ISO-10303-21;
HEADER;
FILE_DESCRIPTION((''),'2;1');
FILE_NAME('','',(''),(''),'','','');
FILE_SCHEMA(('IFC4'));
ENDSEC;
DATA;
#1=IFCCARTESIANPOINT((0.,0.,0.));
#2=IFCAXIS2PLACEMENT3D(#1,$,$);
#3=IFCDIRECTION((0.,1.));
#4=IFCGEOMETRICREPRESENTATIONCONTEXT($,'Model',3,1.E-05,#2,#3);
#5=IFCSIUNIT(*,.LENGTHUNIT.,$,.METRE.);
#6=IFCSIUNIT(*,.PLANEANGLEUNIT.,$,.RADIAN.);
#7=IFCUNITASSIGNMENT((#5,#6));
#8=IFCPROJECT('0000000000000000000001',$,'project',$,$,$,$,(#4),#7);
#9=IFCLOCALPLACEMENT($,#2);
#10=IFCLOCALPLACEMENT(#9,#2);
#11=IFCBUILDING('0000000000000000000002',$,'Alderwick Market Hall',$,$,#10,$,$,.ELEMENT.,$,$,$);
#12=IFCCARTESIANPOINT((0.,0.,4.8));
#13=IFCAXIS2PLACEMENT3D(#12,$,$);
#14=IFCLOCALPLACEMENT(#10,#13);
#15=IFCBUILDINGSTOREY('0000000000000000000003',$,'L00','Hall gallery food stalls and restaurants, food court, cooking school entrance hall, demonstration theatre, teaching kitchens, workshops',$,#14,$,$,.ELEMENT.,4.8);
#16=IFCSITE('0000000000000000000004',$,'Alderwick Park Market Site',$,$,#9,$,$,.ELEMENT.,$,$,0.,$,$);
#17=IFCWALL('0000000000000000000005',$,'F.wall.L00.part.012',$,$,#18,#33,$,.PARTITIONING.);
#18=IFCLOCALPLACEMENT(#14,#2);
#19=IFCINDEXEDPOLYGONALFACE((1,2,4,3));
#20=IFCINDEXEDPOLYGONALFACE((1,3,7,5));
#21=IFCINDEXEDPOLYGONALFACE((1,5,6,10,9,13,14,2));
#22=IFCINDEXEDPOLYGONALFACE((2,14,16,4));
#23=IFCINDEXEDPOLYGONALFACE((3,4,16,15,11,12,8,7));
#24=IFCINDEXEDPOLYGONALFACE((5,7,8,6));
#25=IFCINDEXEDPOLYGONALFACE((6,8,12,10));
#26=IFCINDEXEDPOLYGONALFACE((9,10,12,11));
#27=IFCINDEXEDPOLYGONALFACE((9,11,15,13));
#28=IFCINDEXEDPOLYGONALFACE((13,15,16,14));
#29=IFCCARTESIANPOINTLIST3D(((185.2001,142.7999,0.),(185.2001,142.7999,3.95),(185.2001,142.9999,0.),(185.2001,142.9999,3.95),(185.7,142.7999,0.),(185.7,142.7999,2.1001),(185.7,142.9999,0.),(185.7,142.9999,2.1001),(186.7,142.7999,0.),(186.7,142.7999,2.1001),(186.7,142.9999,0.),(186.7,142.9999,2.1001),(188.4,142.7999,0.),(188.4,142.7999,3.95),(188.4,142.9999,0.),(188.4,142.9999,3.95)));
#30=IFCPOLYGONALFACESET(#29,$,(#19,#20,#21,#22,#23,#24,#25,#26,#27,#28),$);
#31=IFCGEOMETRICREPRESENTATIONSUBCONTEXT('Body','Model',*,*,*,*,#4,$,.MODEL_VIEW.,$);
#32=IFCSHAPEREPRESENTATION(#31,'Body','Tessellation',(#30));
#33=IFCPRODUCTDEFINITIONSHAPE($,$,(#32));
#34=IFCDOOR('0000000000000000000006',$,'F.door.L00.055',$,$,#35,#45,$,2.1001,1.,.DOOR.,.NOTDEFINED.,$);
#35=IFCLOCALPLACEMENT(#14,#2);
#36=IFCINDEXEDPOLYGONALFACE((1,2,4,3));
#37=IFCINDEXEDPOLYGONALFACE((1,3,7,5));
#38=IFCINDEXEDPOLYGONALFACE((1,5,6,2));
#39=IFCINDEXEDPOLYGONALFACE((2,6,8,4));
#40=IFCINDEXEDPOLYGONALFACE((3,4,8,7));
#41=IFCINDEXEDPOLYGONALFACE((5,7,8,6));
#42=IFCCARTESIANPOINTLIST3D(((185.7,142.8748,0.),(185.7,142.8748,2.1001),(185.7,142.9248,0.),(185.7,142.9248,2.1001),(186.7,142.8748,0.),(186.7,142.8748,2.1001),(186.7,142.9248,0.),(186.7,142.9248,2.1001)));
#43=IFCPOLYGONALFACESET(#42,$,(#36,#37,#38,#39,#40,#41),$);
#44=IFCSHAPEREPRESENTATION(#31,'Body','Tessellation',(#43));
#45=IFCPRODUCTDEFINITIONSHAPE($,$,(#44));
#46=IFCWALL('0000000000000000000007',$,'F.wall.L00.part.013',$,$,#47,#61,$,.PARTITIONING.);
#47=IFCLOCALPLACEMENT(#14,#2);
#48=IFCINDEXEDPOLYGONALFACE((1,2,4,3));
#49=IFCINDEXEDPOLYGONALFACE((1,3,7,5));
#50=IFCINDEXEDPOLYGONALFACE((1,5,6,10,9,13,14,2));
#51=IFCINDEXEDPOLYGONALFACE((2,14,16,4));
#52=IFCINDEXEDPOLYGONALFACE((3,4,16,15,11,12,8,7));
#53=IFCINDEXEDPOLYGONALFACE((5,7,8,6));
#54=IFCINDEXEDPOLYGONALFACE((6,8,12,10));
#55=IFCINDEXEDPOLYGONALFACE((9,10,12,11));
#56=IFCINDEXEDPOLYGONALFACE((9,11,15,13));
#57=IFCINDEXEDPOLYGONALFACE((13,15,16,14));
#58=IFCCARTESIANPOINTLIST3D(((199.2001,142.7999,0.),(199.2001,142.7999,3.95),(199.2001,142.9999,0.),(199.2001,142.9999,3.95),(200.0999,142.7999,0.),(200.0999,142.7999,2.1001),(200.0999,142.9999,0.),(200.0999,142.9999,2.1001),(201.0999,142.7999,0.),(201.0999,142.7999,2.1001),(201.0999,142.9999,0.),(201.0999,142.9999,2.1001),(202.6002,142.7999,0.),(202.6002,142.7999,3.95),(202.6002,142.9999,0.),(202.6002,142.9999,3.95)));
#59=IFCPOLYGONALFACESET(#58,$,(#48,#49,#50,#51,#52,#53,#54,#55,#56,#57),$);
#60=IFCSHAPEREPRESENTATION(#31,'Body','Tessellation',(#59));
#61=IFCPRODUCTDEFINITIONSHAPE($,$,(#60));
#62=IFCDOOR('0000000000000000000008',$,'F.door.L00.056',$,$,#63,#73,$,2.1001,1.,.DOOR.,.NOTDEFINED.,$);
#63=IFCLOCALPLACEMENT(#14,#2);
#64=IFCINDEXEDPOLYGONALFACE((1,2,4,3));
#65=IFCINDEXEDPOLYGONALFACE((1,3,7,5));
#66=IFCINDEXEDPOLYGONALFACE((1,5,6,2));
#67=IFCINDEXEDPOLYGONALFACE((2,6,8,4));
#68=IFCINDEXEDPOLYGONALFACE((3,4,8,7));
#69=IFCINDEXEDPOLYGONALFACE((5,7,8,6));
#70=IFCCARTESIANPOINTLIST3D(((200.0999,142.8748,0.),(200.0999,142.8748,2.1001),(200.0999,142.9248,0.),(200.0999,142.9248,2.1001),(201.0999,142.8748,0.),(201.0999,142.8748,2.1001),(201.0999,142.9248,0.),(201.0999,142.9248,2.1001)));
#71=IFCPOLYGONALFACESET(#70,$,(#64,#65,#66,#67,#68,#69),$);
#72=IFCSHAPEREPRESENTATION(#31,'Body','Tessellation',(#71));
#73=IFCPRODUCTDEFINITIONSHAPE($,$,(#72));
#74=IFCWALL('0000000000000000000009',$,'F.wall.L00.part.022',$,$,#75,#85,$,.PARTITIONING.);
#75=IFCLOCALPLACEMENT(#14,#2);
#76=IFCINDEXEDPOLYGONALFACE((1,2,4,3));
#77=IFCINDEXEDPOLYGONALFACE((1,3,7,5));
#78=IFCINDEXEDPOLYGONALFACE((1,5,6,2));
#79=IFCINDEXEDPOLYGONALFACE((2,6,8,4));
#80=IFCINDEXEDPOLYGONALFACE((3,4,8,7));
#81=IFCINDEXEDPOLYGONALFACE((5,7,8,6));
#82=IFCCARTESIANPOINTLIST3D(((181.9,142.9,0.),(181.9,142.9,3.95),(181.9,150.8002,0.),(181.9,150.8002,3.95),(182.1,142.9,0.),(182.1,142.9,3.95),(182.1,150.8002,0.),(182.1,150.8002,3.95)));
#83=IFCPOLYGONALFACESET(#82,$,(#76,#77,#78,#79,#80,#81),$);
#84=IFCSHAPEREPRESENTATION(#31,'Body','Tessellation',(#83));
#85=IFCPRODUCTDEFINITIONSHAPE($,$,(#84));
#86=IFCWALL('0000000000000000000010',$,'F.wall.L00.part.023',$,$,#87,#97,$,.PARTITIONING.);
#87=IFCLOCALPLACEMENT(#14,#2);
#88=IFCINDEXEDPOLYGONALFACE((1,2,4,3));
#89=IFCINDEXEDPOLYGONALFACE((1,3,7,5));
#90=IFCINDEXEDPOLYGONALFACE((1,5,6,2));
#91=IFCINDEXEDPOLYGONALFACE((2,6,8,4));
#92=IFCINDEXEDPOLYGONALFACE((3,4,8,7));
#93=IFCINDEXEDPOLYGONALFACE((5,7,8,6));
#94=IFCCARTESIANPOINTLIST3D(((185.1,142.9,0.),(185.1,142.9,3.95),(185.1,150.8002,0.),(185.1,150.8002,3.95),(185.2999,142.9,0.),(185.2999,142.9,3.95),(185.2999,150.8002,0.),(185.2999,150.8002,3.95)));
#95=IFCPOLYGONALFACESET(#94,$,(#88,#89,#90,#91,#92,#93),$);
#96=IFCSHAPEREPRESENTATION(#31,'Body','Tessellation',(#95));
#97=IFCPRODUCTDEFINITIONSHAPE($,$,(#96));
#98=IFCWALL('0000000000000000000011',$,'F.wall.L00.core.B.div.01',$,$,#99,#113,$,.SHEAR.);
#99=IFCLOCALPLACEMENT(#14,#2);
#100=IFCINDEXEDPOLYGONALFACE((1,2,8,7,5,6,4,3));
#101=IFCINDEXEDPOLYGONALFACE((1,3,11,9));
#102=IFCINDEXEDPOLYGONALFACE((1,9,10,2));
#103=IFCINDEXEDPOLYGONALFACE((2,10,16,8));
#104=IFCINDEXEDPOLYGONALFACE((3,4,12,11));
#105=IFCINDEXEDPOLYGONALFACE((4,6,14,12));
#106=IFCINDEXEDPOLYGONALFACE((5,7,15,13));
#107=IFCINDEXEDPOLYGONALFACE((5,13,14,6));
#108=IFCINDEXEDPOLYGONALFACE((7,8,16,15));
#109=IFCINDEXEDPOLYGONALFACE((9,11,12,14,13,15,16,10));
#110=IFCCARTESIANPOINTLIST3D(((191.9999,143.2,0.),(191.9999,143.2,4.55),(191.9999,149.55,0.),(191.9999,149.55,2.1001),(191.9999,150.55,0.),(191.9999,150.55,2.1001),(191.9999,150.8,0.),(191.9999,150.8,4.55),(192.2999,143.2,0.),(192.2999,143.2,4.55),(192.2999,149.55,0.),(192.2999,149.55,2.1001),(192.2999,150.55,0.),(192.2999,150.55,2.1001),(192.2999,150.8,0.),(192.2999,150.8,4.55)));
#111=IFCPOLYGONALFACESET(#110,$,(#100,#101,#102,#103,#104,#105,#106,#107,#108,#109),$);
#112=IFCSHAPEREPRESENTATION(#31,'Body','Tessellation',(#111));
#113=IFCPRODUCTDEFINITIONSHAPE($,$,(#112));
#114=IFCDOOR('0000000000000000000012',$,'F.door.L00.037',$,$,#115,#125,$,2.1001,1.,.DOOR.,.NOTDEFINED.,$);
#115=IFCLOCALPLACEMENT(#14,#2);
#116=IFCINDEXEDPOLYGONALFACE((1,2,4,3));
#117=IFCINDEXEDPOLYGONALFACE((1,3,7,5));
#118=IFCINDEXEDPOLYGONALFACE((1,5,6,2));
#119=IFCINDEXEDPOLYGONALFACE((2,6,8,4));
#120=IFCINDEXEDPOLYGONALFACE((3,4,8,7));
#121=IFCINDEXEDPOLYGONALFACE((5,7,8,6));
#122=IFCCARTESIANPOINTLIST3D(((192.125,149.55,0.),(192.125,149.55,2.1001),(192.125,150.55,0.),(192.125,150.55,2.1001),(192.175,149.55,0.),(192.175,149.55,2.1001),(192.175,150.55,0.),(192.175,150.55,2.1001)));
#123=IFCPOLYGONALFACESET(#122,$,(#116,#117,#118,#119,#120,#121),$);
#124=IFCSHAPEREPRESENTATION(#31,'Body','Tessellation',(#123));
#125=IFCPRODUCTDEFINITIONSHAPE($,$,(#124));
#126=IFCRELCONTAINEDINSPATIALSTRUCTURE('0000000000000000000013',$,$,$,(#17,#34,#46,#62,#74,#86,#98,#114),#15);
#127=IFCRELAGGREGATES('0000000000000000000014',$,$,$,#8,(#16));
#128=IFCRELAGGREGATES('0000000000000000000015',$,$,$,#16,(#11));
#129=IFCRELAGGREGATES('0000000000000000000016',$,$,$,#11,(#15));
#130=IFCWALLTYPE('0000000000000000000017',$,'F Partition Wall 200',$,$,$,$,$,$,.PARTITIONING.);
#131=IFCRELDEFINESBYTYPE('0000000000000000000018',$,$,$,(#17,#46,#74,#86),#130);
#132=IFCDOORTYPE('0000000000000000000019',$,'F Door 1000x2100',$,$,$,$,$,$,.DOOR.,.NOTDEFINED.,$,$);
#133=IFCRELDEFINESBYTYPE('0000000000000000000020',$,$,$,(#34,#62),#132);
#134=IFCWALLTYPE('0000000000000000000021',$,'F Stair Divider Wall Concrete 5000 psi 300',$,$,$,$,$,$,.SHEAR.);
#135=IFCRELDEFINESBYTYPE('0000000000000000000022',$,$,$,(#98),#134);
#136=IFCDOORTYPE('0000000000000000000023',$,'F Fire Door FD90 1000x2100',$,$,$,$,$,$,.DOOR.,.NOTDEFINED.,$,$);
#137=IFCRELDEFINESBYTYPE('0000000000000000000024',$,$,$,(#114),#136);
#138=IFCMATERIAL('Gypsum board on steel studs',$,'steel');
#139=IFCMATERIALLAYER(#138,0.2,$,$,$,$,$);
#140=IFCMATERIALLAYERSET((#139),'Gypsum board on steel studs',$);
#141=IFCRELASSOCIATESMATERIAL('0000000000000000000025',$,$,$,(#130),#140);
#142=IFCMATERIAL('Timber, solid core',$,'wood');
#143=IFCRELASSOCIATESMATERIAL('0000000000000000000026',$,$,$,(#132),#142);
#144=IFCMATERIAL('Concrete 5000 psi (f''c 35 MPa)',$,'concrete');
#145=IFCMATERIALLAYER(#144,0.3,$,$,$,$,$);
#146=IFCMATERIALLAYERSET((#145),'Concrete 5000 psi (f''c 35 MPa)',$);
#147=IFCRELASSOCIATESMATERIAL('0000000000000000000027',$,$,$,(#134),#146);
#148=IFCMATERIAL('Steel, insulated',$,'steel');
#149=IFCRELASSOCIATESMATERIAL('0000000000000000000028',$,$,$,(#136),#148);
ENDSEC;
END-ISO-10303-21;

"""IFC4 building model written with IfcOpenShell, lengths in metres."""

from ifc_helpers import new_model, si_unit, direction, frame, frame_2d, origin, place, context, subcontext, project, spatial, rectangle, extrude, material, layer, layer_set, type_object, element, fill, save


model = new_model("IFC4")

# Units and contexts
model_context = context("Model", 3, precision=1e-05, world=origin(), true_north=direction((0.0, 1.0)))
body_context = subcontext(model_context, "Body", "Model", "MODEL_VIEW")
ifc_project = project(units=[si_unit("LENGTHUNIT", "METRE"), si_unit("PLANEANGLEUNIT", "RADIAN")], contexts=[model_context])

# Site, building, storey
site_placement = place(None, origin())
site = spatial("IfcSite", under=ifc_project, at=site_placement, Name="Alderwick Park Market Site", CompositionType="ELEMENT", RefElevation=0.0)
building_placement = place(site_placement, origin())
building = spatial("IfcBuilding", under=site, at=building_placement, Name="Alderwick Market Hall", CompositionType="ELEMENT")
storey_placement = place(building_placement, frame((0.0, 0.0, 4.8)))
storey = spatial("IfcBuildingStorey", under=building, at=storey_placement, Name="L00", Description="Hall gallery food stalls and restaurants, food court, cooking school entrance hall, demonstration theatre, teaching kitchens, workshops", CompositionType="ELEMENT", Elevation=4.8)

# Shared definitions
ifc_material_1 = material(Name="Concrete 5000 psi (f'c 35 MPa)", Category="concrete")

# Shared definitions
ifc_material_2 = material(Name="Steel, insulated", Category="steel")

# Walls, openings, doors
ifc_material_3 = material(Name="Gypsum board on steel studs", Category="steel")
ifc_layer_1 = layer(ifc_material_3, 0.2)
ifc_layer_set_1 = layer_set([ifc_layer_1], Name="Gypsum board on steel studs")
wall_type_1 = type_object("IfcWallType", Name="F Partition Wall 200", PredefinedType="PARTITIONING", material=ifc_layer_set_1)
wall_1_placement = place(storey_placement, frame((185.2, 142.8999, 0.0), z_axis=(0.0, 0.0, 1.0), x_axis=(1.0, 0.0, 0.0)))
wall_1 = element("IfcWall", 1, at=wall_1_placement, inside=storey, type_object=wall_type_1, Name="F.wall.L00.part.012", PredefinedType="PARTITIONING", context=body_context, shape_type="SweptSolid", body=[
    extrude(rectangle(XDim=3.2, YDim=0.2, at=frame_2d((1.6001, 0.0))), origin(), (0.0, 0.0, 1.0), 3.95),
])
opening_1_placement = place(wall_1_placement, frame((0.5, 0.0, 0.0)))
opening_1 = element("IfcOpeningElement", 2, at=opening_1_placement, cuts=wall_1, PredefinedType="OPENING", context=body_context, shape_type="SweptSolid", body=[
    extrude(rectangle(XDim=1.0, YDim=2.1001, at=frame_2d((0.5, 1.05))), frame((0.0, 0.1099, 0.0), z_axis=(0.0, -1.0, 0.0), x_axis=(1.0, 0.0, 0.0)), (0.0, 0.0, 1.0), 0.22),
])
ifc_material_4 = material(Name="Timber, solid core", Category="wood")
door_type_1 = type_object("IfcDoorType", Name="F Door 1000x2100", OperationType="NOTDEFINED", PredefinedType="DOOR", material=ifc_material_4)
door_1_placement = place(opening_1_placement, origin())
door_1 = element("IfcDoor", 3, at=door_1_placement, inside=storey, type_object=door_type_1, Name="F.door.L00.055", OperationType="NOTDEFINED", OverallHeight=2.1001, OverallWidth=1.0, PredefinedType="DOOR", context=body_context, shape_type="SweptSolid", body=[
    extrude(rectangle(XDim=1.0, YDim=2.1001, at=frame_2d((0.5, 1.05))), frame((0.0, 0.0249, 0.0), z_axis=(0.0, -1.0, 0.0), x_axis=(1.0, 0.0, 0.0)), (0.0, 0.0, 1.0), 0.05),
])
fill(opening_1, door_1)
wall_2_placement = place(storey_placement, frame((199.2, 142.8999, 0.0), z_axis=(0.0, 0.0, 1.0), x_axis=(1.0, 0.0, 0.0)))
wall_2 = element("IfcWall", 4, at=wall_2_placement, inside=storey, type_object=wall_type_1, Name="F.wall.L00.part.013", PredefinedType="PARTITIONING", context=body_context, shape_type="SweptSolid", body=[
    extrude(rectangle(XDim=3.4001, YDim=0.2, at=frame_2d((1.7002, 0.0))), origin(), (0.0, 0.0, 1.0), 3.95),
])
opening_2_placement = place(wall_2_placement, frame((0.8999, 0.0, 0.0)))
opening_2 = element("IfcOpeningElement", 5, at=opening_2_placement, cuts=wall_2, PredefinedType="OPENING", context=body_context, shape_type="SweptSolid", body=[
    extrude(rectangle(XDim=1.0, YDim=2.1001, at=frame_2d((0.5, 1.05))), frame((0.0, 0.1099, 0.0), z_axis=(0.0, -1.0, 0.0), x_axis=(1.0, 0.0, 0.0)), (0.0, 0.0, 1.0), 0.22),
])
door_2_placement = place(opening_2_placement, origin())
door_2 = element("IfcDoor", 6, at=door_2_placement, inside=storey, type_object=door_type_1, Name="F.door.L00.056", OperationType="NOTDEFINED", OverallHeight=2.1001, OverallWidth=1.0, PredefinedType="DOOR", context=body_context, shape_type="SweptSolid", body=[
    extrude(rectangle(XDim=1.0, YDim=2.1001, at=frame_2d((0.5, 1.05))), frame((0.0, 0.0249, 0.0), z_axis=(0.0, -1.0, 0.0), x_axis=(1.0, 0.0, 0.0)), (0.0, 0.0, 1.0), 0.05),
])
fill(opening_2, door_2)

# Walls
for number, where, z_axis, x_axis, name in (
    (7, (182.0, 142.8999, 0.0), (0.0, 0.0, 1.0), (0.0, 1.0, 0.0), "F.wall.L00.part.022"),
    (8, (185.2, 142.8999, 0.0), (0.0, 0.0, 1.0), (0.0, 1.0, 0.0), "F.wall.L00.part.023"),
):
    element("IfcWall", number, at=place(storey_placement, frame(where, z_axis=z_axis, x_axis=x_axis)), inside=storey, type_object=wall_type_1, Name=name, PredefinedType="PARTITIONING", context=body_context, shape_type="SweptSolid", body=[
        extrude(rectangle(XDim=7.9001, YDim=0.2, at=frame_2d((3.9502, 0.0))), origin(), (0.0, 0.0, 1.0), 3.95),
    ])

# Wall, opening, door
ifc_layer_2 = layer(ifc_material_1, 0.3)
ifc_layer_set_2 = layer_set([ifc_layer_2], Name="Concrete 5000 psi (f'c 35 MPa)")
wall_type_2 = type_object("IfcWallType", Name="F Stair Divider Wall Concrete 5000 psi 300", PredefinedType="SHEAR", material=ifc_layer_set_2)
wall_3_placement = place(storey_placement, frame((192.1499, 143.2, 0.0), z_axis=(0.0, 0.0, 1.0), x_axis=(0.0, 1.0, 0.0)))
wall_3 = element("IfcWall", 9, at=wall_3_placement, inside=storey, type_object=wall_type_2, Name="F.wall.L00.core.B.div.01", PredefinedType="SHEAR", context=body_context, shape_type="SweptSolid", body=[
    extrude(rectangle(XDim=7.6001, YDim=0.3, at=frame_2d((3.8, 0.0))), origin(), (0.0, 0.0, 1.0), 4.55),
])
opening_3_placement = place(wall_3_placement, frame((6.3501, 0.0, 0.0)))
opening_3 = element("IfcOpeningElement", 10, at=opening_3_placement, cuts=wall_3, PredefinedType="OPENING", context=body_context, shape_type="SweptSolid", body=[
    extrude(rectangle(XDim=1.0, YDim=2.1001, at=frame_2d((0.5, 1.05))), frame((0.0, 0.1599, 0.0), z_axis=(0.0, -1.0, 0.0), x_axis=(1.0, 0.0, 0.0)), (0.0, 0.0, 1.0), 0.3201),
])
door_type_2 = type_object("IfcDoorType", Name="F Fire Door FD90 1000x2100", OperationType="NOTDEFINED", PredefinedType="DOOR", material=ifc_material_2)
door_3_placement = place(opening_3_placement, origin())
door_3 = element("IfcDoor", 11, at=door_3_placement, inside=storey, type_object=door_type_2, Name="F.door.L00.037", OperationType="NOTDEFINED", OverallHeight=2.1001, OverallWidth=1.0, PredefinedType="DOOR", context=body_context, shape_type="SweptSolid", body=[
    extrude(rectangle(XDim=1.0, YDim=2.1001, at=frame_2d((0.5, 1.05))), frame((0.0, 0.0249, 0.0), z_axis=(0.0, -1.0, 0.0), x_axis=(1.0, 0.0, 0.0)), (0.0, 0.0, 1.0), 0.05),
])
fill(opening_3, door_3)

save(model, "model.ifc")
